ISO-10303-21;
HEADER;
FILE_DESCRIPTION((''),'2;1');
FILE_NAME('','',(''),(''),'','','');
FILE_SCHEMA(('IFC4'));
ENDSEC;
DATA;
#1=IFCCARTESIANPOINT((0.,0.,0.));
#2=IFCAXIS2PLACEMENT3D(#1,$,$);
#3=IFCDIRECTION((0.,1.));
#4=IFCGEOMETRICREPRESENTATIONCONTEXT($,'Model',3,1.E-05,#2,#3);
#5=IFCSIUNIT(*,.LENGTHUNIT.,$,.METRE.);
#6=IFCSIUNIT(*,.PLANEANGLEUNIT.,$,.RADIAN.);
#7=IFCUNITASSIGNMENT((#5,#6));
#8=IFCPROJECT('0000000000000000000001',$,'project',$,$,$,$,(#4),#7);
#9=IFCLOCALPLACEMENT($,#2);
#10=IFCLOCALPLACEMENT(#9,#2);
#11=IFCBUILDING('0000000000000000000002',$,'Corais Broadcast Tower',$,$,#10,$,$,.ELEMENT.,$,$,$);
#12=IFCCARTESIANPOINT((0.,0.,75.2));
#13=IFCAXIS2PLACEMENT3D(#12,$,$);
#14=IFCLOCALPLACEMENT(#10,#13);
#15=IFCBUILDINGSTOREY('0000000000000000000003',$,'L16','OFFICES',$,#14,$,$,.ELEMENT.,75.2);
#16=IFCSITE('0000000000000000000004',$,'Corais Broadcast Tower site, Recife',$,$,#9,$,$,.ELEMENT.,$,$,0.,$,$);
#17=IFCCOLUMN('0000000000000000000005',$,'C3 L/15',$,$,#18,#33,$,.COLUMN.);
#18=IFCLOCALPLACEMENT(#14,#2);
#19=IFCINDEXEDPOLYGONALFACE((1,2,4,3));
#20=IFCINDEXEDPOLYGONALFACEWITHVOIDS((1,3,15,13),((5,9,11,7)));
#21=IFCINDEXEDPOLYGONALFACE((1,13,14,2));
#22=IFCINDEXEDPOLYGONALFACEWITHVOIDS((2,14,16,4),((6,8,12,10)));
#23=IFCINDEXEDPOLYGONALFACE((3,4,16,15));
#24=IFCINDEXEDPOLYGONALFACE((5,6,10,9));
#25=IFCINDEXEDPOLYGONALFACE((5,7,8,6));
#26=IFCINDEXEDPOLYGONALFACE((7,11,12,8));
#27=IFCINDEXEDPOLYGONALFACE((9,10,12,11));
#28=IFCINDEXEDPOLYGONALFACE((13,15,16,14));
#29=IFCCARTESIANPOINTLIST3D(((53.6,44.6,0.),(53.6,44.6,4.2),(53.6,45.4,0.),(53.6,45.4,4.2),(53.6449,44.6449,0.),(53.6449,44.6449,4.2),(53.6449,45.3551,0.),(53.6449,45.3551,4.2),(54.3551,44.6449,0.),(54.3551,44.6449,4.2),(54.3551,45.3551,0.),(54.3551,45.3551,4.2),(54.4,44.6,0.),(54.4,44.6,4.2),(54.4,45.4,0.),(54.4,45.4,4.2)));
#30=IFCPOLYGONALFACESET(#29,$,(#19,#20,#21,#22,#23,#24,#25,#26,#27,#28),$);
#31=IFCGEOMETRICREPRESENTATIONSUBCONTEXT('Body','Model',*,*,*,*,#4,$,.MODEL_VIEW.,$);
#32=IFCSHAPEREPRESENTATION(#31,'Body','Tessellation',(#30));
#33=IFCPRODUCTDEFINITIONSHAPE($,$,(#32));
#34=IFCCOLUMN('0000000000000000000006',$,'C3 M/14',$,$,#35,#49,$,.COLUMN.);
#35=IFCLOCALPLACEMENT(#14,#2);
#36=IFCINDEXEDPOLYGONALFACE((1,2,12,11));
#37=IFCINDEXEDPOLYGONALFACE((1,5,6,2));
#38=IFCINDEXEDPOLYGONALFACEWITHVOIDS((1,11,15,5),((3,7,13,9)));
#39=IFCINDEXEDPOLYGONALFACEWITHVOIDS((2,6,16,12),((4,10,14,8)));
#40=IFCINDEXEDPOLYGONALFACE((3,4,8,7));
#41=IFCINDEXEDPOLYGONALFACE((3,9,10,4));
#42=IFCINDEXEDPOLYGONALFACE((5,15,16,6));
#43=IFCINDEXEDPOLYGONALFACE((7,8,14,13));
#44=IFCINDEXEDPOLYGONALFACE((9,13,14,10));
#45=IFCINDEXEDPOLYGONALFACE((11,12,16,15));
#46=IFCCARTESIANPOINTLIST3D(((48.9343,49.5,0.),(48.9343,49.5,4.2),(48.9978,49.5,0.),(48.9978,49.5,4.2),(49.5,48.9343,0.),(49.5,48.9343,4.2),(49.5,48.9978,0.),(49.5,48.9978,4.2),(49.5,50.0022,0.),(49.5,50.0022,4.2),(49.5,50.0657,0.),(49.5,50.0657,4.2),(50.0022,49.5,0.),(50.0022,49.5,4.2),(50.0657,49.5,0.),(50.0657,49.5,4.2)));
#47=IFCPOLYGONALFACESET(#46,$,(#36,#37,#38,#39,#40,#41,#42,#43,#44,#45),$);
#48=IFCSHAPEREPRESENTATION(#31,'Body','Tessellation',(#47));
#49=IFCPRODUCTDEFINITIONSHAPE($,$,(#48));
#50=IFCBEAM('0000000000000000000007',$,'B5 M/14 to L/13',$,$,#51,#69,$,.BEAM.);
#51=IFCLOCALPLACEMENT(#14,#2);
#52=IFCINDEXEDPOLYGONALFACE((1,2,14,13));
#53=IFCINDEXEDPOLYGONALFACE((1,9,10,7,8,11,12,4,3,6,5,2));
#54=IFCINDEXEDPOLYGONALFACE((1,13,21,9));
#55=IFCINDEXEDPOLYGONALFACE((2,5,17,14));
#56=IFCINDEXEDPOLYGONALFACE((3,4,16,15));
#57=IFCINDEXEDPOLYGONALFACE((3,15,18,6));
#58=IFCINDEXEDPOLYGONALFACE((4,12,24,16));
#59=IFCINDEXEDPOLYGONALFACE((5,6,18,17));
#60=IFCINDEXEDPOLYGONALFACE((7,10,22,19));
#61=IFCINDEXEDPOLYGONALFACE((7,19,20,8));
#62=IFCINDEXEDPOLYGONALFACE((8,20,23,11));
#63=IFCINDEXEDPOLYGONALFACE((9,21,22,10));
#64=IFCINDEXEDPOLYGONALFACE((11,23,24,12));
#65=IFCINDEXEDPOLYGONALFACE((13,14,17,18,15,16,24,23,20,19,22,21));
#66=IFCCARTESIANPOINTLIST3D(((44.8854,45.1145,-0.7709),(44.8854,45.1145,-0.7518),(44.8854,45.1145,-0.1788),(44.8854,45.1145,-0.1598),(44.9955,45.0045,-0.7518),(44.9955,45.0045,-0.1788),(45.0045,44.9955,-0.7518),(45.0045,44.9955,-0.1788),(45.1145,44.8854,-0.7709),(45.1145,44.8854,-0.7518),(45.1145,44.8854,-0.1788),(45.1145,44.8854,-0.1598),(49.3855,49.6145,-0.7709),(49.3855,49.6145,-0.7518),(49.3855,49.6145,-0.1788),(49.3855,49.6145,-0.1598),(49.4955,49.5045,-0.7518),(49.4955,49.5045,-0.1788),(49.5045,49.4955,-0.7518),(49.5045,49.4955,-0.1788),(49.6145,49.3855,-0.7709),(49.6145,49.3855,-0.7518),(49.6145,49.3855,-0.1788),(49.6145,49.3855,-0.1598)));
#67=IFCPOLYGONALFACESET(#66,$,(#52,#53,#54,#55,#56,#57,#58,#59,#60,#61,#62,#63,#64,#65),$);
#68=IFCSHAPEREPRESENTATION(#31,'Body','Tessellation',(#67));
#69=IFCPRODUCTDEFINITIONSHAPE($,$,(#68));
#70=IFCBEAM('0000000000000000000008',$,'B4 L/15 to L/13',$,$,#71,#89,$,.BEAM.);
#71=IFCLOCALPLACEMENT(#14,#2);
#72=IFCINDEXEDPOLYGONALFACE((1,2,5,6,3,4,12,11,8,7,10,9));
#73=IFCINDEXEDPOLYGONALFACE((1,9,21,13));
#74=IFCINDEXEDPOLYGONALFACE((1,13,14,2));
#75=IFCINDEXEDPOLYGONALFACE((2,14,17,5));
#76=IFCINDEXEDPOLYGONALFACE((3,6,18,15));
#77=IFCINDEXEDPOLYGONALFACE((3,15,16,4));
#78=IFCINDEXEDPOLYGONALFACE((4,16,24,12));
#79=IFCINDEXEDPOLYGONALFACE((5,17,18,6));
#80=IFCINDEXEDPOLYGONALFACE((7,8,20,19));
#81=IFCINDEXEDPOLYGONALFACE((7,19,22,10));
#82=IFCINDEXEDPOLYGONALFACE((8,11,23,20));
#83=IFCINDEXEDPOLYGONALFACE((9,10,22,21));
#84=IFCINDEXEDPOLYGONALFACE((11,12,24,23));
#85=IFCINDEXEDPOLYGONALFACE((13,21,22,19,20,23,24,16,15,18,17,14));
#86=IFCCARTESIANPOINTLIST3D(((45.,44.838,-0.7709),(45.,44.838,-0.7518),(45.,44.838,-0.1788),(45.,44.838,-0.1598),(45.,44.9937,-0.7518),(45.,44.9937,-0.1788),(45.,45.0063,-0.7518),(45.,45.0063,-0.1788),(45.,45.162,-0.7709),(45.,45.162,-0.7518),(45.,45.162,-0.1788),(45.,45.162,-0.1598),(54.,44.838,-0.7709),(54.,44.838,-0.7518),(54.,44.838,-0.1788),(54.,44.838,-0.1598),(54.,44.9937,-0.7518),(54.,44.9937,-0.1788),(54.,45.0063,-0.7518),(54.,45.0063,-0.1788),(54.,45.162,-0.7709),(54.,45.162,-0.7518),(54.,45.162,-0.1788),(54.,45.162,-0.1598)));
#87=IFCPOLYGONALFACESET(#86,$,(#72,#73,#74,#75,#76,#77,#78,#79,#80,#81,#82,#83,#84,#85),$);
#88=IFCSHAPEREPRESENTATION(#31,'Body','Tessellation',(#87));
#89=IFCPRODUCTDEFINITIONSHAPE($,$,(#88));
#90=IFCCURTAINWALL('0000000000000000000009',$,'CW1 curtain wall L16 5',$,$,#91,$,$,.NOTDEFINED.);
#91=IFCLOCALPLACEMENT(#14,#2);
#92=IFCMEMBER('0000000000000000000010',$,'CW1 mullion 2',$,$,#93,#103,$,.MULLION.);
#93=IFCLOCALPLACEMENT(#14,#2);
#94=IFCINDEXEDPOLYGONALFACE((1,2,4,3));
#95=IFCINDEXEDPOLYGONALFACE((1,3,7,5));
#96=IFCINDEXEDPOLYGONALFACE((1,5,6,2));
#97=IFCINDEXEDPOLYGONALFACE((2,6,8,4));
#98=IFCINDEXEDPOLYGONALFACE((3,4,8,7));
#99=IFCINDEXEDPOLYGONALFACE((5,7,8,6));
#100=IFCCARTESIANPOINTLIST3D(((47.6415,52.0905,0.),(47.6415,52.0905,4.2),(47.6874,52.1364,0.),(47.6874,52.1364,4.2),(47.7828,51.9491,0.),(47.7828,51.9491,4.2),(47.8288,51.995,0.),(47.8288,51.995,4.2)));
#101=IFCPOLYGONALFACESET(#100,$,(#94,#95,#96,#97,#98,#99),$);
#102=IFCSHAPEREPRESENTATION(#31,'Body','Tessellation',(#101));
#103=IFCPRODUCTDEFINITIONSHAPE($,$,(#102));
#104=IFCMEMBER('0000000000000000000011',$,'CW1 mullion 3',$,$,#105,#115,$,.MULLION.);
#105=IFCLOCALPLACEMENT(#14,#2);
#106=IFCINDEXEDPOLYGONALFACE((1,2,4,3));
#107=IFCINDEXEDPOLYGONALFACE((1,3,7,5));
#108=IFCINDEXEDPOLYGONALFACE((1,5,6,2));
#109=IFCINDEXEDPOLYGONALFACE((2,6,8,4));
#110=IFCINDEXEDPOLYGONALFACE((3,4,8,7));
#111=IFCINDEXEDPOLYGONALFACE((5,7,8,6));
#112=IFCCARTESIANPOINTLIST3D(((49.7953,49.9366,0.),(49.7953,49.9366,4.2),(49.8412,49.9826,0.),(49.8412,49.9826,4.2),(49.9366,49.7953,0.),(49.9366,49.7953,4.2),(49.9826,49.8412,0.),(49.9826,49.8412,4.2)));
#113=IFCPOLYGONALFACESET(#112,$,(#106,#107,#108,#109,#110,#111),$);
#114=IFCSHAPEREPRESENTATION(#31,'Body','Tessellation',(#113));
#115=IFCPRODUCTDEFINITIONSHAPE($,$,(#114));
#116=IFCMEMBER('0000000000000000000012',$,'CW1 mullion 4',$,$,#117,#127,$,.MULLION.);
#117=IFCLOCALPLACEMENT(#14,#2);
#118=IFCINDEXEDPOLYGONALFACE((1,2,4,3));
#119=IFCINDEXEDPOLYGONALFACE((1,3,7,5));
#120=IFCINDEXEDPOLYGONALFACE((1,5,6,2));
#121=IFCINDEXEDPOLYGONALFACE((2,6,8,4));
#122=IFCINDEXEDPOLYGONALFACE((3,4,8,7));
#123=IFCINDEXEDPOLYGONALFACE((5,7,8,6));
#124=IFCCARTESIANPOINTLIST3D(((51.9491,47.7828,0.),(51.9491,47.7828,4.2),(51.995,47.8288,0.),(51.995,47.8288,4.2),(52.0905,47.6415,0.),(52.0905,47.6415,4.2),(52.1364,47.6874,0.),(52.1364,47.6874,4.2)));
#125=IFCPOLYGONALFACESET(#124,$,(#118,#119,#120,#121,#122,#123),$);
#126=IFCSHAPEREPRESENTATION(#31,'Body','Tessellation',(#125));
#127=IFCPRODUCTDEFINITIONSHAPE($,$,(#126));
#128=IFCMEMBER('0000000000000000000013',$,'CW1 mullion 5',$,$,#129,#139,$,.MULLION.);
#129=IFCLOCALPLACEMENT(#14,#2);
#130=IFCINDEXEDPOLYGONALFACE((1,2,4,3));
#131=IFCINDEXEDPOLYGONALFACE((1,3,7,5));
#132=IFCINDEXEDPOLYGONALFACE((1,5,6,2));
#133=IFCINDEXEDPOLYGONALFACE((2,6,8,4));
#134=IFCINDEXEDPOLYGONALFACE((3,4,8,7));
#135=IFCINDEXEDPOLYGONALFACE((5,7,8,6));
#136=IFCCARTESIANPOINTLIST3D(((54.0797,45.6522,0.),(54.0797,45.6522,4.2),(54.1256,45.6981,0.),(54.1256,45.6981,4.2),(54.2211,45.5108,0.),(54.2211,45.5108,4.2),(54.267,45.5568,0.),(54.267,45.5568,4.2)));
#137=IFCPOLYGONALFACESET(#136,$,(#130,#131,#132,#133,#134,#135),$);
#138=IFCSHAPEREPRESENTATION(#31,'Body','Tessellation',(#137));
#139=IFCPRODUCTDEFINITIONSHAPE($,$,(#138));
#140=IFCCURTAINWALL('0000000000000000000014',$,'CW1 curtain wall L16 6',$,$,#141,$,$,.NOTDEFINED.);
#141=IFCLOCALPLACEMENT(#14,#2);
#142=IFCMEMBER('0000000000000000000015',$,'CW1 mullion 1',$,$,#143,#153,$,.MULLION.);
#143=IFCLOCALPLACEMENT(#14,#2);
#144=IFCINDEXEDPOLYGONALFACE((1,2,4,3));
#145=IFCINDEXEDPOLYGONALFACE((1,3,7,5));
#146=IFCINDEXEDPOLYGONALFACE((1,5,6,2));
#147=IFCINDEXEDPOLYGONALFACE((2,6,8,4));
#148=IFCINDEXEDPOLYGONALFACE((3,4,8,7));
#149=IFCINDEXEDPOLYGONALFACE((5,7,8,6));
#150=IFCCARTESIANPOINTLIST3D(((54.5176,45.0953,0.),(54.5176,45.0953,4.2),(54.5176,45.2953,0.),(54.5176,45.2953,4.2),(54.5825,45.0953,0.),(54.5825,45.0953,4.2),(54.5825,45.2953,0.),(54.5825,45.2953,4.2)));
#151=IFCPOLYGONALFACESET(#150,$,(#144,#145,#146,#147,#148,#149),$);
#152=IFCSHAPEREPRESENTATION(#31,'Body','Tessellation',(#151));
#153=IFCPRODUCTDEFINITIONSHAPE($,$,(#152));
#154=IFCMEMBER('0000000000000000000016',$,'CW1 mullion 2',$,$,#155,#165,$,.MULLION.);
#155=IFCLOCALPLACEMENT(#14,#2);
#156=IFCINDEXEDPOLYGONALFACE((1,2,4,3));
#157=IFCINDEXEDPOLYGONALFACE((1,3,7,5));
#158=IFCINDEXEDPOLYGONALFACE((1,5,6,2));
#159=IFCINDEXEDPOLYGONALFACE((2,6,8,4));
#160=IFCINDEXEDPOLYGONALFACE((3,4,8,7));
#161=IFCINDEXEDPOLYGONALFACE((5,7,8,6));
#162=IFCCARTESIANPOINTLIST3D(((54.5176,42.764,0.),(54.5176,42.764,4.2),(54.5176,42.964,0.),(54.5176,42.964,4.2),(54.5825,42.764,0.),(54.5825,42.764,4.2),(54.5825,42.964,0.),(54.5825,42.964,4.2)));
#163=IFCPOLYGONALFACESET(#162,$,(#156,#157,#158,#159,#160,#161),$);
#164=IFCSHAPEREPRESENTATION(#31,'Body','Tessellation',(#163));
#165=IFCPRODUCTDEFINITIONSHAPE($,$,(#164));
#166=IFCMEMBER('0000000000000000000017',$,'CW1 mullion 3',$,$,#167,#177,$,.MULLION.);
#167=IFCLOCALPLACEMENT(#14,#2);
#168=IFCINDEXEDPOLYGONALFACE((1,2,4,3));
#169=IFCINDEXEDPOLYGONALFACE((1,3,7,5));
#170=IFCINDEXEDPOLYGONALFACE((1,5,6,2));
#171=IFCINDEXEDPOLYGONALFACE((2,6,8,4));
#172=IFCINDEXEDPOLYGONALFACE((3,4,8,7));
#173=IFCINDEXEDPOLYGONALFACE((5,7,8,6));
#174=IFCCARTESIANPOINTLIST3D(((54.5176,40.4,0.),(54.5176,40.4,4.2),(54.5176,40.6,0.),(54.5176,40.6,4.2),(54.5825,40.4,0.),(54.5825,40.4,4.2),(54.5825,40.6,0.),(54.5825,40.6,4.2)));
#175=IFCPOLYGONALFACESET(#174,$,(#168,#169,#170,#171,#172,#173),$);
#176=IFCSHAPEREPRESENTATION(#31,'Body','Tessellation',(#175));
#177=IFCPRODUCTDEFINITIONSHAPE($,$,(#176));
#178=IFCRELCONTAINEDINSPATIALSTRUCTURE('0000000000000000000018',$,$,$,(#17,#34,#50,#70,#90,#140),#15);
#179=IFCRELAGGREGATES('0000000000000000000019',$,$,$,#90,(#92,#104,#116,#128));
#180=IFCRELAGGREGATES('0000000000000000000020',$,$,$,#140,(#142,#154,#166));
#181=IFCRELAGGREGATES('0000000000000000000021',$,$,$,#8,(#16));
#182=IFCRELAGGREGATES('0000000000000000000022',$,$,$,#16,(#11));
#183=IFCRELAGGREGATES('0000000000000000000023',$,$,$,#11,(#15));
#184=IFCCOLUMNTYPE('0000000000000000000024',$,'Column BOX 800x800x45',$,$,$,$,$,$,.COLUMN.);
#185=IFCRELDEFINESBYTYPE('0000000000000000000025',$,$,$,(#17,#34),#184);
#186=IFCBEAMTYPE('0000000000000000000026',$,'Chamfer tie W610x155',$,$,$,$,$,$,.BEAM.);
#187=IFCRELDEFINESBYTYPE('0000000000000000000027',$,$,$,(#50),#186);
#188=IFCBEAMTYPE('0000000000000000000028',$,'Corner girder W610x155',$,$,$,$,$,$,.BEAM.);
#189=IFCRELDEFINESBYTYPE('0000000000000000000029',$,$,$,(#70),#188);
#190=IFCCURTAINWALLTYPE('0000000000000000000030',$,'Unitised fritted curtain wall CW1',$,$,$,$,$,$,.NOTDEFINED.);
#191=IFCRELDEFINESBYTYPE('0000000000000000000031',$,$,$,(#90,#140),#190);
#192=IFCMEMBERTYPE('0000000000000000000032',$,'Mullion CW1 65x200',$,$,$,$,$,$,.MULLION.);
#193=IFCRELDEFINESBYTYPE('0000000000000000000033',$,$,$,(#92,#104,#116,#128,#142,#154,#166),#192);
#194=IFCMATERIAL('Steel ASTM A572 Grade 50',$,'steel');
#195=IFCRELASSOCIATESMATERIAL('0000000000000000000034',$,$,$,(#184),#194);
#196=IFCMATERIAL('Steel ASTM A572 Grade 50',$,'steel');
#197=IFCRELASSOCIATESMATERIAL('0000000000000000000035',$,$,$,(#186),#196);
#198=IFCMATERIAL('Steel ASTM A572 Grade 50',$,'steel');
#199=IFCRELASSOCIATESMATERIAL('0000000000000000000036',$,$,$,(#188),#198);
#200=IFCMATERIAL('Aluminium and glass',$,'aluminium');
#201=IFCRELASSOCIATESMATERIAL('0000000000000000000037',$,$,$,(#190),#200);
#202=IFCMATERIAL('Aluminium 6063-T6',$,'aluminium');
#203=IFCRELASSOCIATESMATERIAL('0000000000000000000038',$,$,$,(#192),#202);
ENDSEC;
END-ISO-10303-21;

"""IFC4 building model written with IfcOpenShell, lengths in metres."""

from ifc_helpers import new_model, si_unit, direction, frame, origin, origin_2d, place, context, subcontext, project, spatial, rectangle, hollow_rectangle, i_section, extrude, material, material_profile, profile_set, type_object, element, aggregate, save


model = new_model("IFC4")

# Units and contexts
model_context = context("Model", 3, precision=1e-05, world=origin(), true_north=direction((0.0, 1.0)))
body_context = subcontext(model_context, "Body", "Model", "MODEL_VIEW")
ifc_project = project(units=[si_unit("LENGTHUNIT", "METRE"), si_unit("PLANEANGLEUNIT", "RADIAN")], contexts=[model_context])

# Site, building, storey
site_placement = place(None, origin())
site = spatial("IfcSite", under=ifc_project, at=site_placement, Name="Corais Broadcast Tower site, Recife", CompositionType="ELEMENT", RefElevation=0.0)
building_placement = place(site_placement, origin())
building = spatial("IfcBuilding", under=site, at=building_placement, Name="Corais Broadcast Tower", CompositionType="ELEMENT")
storey_placement = place(building_placement, frame((0.0, 0.0, 75.2)))
storey = spatial("IfcBuildingStorey", under=building, at=storey_placement, Name="L16", Description="OFFICES", CompositionType="ELEMENT", Elevation=75.2)

# Columns
ifc_material_1 = material(Name="Steel ASTM A572 Grade 50", Category="steel")
ifc_material_profile_1 = material_profile(ifc_material_1, hollow_rectangle(XDim=0.8, YDim=0.8, WallThickness=0.0449, at=origin_2d()), Name="BOX 800x800x45")
ifc_profile_set_1 = profile_set([ifc_material_profile_1], Name="Steel ASTM A572 Grade 50")
column_type = type_object("IfcColumnType", Name="Column BOX 800x800x45", PredefinedType="COLUMN", material=ifc_profile_set_1)
for number, where, z_axis, x_axis, name in (
    (1, (54.0, 45.0, 0.0), (0.0, 0.0, 1.0), (1.0, 0.0, 0.0), "C3 L/15"),
    (2, (49.5, 49.5, 0.0), (0.0, 0.0, 1.0), (0.707107, 0.707107, 0.0), "C3 M/14"),
):
    element("IfcColumn", number, at=place(storey_placement, frame(where, z_axis=z_axis, x_axis=x_axis)), inside=storey, type_object=column_type, Name=name, PredefinedType="COLUMN", context=body_context, shape_type="SweptSolid", body=[
        extrude(hollow_rectangle(XDim=0.8, YDim=0.8, WallThickness=0.0449, at=origin_2d()), origin(), (0.0, 0.0, 1.0), 4.2),
    ])

# Beams
ifc_material_2 = material(Name="Steel ASTM A572 Grade 50", Category="steel")
ifc_material_profile_2 = material_profile(ifc_material_2, i_section(OverallWidth=0.324, OverallDepth=0.6111, WebThickness=0.0127, FlangeThickness=0.019, at=origin_2d()), Name="W610x155")
ifc_profile_set_2 = profile_set([ifc_material_profile_2], Name="Steel ASTM A572 Grade 50")
beam_type_1 = type_object("IfcBeamType", Name="Chamfer tie W610x155", PredefinedType="BEAM", material=ifc_profile_set_2)
beam_1_placement = place(storey_placement, frame((49.5, 49.5, -0.4653), z_axis=(-0.707107, -0.707107, 0.0), x_axis=(0.707107, -0.707107, 0.0)))
element("IfcBeam", 3, at=beam_1_placement, inside=storey, type_object=beam_type_1, Name="B5 M/14 to L/13", PredefinedType="BEAM", context=body_context, shape_type="SweptSolid", body=[
    extrude(i_section(OverallWidth=0.324, OverallDepth=0.6111, WebThickness=0.0127, FlangeThickness=0.019, at=origin_2d()), origin(), (0.0, 0.0, 1.0), 6.364),
])
ifc_material_3 = material(Name="Steel ASTM A572 Grade 50", Category="steel")
ifc_material_profile_3 = material_profile(ifc_material_3, i_section(OverallWidth=0.324, OverallDepth=0.6111, WebThickness=0.0127, FlangeThickness=0.019, at=origin_2d()), Name="W610x155")
ifc_profile_set_3 = profile_set([ifc_material_profile_3], Name="Steel ASTM A572 Grade 50")
beam_type_2 = type_object("IfcBeamType", Name="Corner girder W610x155", PredefinedType="BEAM", material=ifc_profile_set_3)
beam_2_placement = place(storey_placement, frame((54.0, 45.0, -0.4653), z_axis=(-1.0, 0.0, 0.0), x_axis=(0.0, -1.0, 0.0)))
element("IfcBeam", 4, at=beam_2_placement, inside=storey, type_object=beam_type_2, Name="B4 L/15 to L/13", PredefinedType="BEAM", context=body_context, shape_type="SweptSolid", body=[
    extrude(i_section(OverallWidth=0.324, OverallDepth=0.6111, WebThickness=0.0127, FlangeThickness=0.019, at=origin_2d()), origin(), (0.0, 0.0, 1.0), 9.0),
])

# Curtain walls, members
ifc_material_4 = material(Name="Aluminium and glass", Category="aluminium")
curtain_wall_type = type_object("IfcCurtainWallType", Name="Unitised fritted curtain wall CW1", PredefinedType="NOTDEFINED", material=ifc_material_4)
curtain_wall_1_placement = place(storey_placement, origin())
curtain_wall_1 = element("IfcCurtainWall", 5, at=curtain_wall_1_placement, inside=storey, type_object=curtain_wall_type, Name="CW1 curtain wall L16 5", PredefinedType="NOTDEFINED")
ifc_material_5 = material(Name="Aluminium 6063-T6", Category="aluminium")
ifc_material_profile_4 = material_profile(ifc_material_5, rectangle(XDim=0.0649, YDim=0.2, at=origin_2d()), Name="Mullion CW1 65x200")
ifc_profile_set_4 = profile_set([ifc_material_profile_4], Name="Aluminium 6063-T6")
member_type_1 = type_object("IfcMemberType", Name="Mullion CW1 65x200", PredefinedType="MULLION", material=ifc_profile_set_4)
member_1_placement = place(storey_placement, frame((47.7351, 52.0427, 0.0), z_axis=(0.0, 0.0, 1.0), x_axis=(0.707107, 0.707107, 0.0)))
member_1 = element("IfcMember", 6, at=member_1_placement, type_object=member_type_1, Name="CW1 mullion 2", PredefinedType="MULLION", context=body_context, shape_type="SweptSolid", body=[
    extrude(rectangle(XDim=0.0649, YDim=0.2, at=origin_2d()), origin(), (0.0, 0.0, 1.0), 4.2),
])
member_2_placement = place(storey_placement, frame((49.8889, 49.8889, 0.0), z_axis=(0.0, 0.0, 1.0), x_axis=(0.707107, 0.707107, 0.0)))
member_2 = element("IfcMember", 7, at=member_2_placement, type_object=member_type_1, Name="CW1 mullion 3", PredefinedType="MULLION", context=body_context, shape_type="SweptSolid", body=[
    extrude(rectangle(XDim=0.0649, YDim=0.2, at=origin_2d()), origin(), (0.0, 0.0, 1.0), 4.2),
])
member_3_placement = place(storey_placement, frame((52.0427, 47.7351, 0.0), z_axis=(0.0, 0.0, 1.0), x_axis=(0.707107, 0.707107, 0.0)))
member_3 = element("IfcMember", 8, at=member_3_placement, type_object=member_type_1, Name="CW1 mullion 4", PredefinedType="MULLION", context=body_context, shape_type="SweptSolid", body=[
    extrude(rectangle(XDim=0.0649, YDim=0.2, at=origin_2d()), origin(), (0.0, 0.0, 1.0), 4.2),
])
member_4_placement = place(storey_placement, frame((54.1733, 45.6045, 0.0), z_axis=(0.0, 0.0, 1.0), x_axis=(0.707107, 0.707107, 0.0)))
member_4 = element("IfcMember", 9, at=member_4_placement, type_object=member_type_1, Name="CW1 mullion 5", PredefinedType="MULLION", context=body_context, shape_type="SweptSolid", body=[
    extrude(rectangle(XDim=0.0649, YDim=0.2, at=origin_2d()), origin(), (0.0, 0.0, 1.0), 4.2),
])
curtain_wall_2_placement = place(storey_placement, origin())
curtain_wall_2 = element("IfcCurtainWall", 10, at=curtain_wall_2_placement, inside=storey, type_object=curtain_wall_type, Name="CW1 curtain wall L16 6", PredefinedType="NOTDEFINED")
member_5_placement = place(storey_placement, frame((54.55, 45.1953, 0.0), z_axis=(0.0, 0.0, 1.0), x_axis=(1.0, 0.0, 0.0)))
member_5 = element("IfcMember", 11, at=member_5_placement, type_object=member_type_1, Name="CW1 mullion 1", PredefinedType="MULLION", context=body_context, shape_type="SweptSolid", body=[
    extrude(rectangle(XDim=0.0649, YDim=0.2, at=origin_2d()), origin(), (0.0, 0.0, 1.0), 4.2),
])
member_6_placement = place(storey_placement, frame((54.55, 42.864, 0.0), z_axis=(0.0, 0.0, 1.0), x_axis=(1.0, 0.0, 0.0)))
member_6 = element("IfcMember", 12, at=member_6_placement, type_object=member_type_1, Name="CW1 mullion 2", PredefinedType="MULLION", context=body_context, shape_type="SweptSolid", body=[
    extrude(rectangle(XDim=0.0649, YDim=0.2, at=origin_2d()), origin(), (0.0, 0.0, 1.0), 4.2),
])
member_7_placement = place(storey_placement, frame((54.55, 40.5, 0.0), z_axis=(0.0, 0.0, 1.0), x_axis=(1.0, 0.0, 0.0)))
member_7 = element("IfcMember", 13, at=member_7_placement, type_object=member_type_1, Name="CW1 mullion 3", PredefinedType="MULLION", context=body_context, shape_type="SweptSolid", body=[
    extrude(rectangle(XDim=0.0649, YDim=0.2, at=origin_2d()), origin(), (0.0, 0.0, 1.0), 4.2),
])

aggregate(curtain_wall_1, [member_1, member_2, member_3, member_4])
aggregate(curtain_wall_2, [member_5, member_6, member_7])

save(model, "model.ifc")
